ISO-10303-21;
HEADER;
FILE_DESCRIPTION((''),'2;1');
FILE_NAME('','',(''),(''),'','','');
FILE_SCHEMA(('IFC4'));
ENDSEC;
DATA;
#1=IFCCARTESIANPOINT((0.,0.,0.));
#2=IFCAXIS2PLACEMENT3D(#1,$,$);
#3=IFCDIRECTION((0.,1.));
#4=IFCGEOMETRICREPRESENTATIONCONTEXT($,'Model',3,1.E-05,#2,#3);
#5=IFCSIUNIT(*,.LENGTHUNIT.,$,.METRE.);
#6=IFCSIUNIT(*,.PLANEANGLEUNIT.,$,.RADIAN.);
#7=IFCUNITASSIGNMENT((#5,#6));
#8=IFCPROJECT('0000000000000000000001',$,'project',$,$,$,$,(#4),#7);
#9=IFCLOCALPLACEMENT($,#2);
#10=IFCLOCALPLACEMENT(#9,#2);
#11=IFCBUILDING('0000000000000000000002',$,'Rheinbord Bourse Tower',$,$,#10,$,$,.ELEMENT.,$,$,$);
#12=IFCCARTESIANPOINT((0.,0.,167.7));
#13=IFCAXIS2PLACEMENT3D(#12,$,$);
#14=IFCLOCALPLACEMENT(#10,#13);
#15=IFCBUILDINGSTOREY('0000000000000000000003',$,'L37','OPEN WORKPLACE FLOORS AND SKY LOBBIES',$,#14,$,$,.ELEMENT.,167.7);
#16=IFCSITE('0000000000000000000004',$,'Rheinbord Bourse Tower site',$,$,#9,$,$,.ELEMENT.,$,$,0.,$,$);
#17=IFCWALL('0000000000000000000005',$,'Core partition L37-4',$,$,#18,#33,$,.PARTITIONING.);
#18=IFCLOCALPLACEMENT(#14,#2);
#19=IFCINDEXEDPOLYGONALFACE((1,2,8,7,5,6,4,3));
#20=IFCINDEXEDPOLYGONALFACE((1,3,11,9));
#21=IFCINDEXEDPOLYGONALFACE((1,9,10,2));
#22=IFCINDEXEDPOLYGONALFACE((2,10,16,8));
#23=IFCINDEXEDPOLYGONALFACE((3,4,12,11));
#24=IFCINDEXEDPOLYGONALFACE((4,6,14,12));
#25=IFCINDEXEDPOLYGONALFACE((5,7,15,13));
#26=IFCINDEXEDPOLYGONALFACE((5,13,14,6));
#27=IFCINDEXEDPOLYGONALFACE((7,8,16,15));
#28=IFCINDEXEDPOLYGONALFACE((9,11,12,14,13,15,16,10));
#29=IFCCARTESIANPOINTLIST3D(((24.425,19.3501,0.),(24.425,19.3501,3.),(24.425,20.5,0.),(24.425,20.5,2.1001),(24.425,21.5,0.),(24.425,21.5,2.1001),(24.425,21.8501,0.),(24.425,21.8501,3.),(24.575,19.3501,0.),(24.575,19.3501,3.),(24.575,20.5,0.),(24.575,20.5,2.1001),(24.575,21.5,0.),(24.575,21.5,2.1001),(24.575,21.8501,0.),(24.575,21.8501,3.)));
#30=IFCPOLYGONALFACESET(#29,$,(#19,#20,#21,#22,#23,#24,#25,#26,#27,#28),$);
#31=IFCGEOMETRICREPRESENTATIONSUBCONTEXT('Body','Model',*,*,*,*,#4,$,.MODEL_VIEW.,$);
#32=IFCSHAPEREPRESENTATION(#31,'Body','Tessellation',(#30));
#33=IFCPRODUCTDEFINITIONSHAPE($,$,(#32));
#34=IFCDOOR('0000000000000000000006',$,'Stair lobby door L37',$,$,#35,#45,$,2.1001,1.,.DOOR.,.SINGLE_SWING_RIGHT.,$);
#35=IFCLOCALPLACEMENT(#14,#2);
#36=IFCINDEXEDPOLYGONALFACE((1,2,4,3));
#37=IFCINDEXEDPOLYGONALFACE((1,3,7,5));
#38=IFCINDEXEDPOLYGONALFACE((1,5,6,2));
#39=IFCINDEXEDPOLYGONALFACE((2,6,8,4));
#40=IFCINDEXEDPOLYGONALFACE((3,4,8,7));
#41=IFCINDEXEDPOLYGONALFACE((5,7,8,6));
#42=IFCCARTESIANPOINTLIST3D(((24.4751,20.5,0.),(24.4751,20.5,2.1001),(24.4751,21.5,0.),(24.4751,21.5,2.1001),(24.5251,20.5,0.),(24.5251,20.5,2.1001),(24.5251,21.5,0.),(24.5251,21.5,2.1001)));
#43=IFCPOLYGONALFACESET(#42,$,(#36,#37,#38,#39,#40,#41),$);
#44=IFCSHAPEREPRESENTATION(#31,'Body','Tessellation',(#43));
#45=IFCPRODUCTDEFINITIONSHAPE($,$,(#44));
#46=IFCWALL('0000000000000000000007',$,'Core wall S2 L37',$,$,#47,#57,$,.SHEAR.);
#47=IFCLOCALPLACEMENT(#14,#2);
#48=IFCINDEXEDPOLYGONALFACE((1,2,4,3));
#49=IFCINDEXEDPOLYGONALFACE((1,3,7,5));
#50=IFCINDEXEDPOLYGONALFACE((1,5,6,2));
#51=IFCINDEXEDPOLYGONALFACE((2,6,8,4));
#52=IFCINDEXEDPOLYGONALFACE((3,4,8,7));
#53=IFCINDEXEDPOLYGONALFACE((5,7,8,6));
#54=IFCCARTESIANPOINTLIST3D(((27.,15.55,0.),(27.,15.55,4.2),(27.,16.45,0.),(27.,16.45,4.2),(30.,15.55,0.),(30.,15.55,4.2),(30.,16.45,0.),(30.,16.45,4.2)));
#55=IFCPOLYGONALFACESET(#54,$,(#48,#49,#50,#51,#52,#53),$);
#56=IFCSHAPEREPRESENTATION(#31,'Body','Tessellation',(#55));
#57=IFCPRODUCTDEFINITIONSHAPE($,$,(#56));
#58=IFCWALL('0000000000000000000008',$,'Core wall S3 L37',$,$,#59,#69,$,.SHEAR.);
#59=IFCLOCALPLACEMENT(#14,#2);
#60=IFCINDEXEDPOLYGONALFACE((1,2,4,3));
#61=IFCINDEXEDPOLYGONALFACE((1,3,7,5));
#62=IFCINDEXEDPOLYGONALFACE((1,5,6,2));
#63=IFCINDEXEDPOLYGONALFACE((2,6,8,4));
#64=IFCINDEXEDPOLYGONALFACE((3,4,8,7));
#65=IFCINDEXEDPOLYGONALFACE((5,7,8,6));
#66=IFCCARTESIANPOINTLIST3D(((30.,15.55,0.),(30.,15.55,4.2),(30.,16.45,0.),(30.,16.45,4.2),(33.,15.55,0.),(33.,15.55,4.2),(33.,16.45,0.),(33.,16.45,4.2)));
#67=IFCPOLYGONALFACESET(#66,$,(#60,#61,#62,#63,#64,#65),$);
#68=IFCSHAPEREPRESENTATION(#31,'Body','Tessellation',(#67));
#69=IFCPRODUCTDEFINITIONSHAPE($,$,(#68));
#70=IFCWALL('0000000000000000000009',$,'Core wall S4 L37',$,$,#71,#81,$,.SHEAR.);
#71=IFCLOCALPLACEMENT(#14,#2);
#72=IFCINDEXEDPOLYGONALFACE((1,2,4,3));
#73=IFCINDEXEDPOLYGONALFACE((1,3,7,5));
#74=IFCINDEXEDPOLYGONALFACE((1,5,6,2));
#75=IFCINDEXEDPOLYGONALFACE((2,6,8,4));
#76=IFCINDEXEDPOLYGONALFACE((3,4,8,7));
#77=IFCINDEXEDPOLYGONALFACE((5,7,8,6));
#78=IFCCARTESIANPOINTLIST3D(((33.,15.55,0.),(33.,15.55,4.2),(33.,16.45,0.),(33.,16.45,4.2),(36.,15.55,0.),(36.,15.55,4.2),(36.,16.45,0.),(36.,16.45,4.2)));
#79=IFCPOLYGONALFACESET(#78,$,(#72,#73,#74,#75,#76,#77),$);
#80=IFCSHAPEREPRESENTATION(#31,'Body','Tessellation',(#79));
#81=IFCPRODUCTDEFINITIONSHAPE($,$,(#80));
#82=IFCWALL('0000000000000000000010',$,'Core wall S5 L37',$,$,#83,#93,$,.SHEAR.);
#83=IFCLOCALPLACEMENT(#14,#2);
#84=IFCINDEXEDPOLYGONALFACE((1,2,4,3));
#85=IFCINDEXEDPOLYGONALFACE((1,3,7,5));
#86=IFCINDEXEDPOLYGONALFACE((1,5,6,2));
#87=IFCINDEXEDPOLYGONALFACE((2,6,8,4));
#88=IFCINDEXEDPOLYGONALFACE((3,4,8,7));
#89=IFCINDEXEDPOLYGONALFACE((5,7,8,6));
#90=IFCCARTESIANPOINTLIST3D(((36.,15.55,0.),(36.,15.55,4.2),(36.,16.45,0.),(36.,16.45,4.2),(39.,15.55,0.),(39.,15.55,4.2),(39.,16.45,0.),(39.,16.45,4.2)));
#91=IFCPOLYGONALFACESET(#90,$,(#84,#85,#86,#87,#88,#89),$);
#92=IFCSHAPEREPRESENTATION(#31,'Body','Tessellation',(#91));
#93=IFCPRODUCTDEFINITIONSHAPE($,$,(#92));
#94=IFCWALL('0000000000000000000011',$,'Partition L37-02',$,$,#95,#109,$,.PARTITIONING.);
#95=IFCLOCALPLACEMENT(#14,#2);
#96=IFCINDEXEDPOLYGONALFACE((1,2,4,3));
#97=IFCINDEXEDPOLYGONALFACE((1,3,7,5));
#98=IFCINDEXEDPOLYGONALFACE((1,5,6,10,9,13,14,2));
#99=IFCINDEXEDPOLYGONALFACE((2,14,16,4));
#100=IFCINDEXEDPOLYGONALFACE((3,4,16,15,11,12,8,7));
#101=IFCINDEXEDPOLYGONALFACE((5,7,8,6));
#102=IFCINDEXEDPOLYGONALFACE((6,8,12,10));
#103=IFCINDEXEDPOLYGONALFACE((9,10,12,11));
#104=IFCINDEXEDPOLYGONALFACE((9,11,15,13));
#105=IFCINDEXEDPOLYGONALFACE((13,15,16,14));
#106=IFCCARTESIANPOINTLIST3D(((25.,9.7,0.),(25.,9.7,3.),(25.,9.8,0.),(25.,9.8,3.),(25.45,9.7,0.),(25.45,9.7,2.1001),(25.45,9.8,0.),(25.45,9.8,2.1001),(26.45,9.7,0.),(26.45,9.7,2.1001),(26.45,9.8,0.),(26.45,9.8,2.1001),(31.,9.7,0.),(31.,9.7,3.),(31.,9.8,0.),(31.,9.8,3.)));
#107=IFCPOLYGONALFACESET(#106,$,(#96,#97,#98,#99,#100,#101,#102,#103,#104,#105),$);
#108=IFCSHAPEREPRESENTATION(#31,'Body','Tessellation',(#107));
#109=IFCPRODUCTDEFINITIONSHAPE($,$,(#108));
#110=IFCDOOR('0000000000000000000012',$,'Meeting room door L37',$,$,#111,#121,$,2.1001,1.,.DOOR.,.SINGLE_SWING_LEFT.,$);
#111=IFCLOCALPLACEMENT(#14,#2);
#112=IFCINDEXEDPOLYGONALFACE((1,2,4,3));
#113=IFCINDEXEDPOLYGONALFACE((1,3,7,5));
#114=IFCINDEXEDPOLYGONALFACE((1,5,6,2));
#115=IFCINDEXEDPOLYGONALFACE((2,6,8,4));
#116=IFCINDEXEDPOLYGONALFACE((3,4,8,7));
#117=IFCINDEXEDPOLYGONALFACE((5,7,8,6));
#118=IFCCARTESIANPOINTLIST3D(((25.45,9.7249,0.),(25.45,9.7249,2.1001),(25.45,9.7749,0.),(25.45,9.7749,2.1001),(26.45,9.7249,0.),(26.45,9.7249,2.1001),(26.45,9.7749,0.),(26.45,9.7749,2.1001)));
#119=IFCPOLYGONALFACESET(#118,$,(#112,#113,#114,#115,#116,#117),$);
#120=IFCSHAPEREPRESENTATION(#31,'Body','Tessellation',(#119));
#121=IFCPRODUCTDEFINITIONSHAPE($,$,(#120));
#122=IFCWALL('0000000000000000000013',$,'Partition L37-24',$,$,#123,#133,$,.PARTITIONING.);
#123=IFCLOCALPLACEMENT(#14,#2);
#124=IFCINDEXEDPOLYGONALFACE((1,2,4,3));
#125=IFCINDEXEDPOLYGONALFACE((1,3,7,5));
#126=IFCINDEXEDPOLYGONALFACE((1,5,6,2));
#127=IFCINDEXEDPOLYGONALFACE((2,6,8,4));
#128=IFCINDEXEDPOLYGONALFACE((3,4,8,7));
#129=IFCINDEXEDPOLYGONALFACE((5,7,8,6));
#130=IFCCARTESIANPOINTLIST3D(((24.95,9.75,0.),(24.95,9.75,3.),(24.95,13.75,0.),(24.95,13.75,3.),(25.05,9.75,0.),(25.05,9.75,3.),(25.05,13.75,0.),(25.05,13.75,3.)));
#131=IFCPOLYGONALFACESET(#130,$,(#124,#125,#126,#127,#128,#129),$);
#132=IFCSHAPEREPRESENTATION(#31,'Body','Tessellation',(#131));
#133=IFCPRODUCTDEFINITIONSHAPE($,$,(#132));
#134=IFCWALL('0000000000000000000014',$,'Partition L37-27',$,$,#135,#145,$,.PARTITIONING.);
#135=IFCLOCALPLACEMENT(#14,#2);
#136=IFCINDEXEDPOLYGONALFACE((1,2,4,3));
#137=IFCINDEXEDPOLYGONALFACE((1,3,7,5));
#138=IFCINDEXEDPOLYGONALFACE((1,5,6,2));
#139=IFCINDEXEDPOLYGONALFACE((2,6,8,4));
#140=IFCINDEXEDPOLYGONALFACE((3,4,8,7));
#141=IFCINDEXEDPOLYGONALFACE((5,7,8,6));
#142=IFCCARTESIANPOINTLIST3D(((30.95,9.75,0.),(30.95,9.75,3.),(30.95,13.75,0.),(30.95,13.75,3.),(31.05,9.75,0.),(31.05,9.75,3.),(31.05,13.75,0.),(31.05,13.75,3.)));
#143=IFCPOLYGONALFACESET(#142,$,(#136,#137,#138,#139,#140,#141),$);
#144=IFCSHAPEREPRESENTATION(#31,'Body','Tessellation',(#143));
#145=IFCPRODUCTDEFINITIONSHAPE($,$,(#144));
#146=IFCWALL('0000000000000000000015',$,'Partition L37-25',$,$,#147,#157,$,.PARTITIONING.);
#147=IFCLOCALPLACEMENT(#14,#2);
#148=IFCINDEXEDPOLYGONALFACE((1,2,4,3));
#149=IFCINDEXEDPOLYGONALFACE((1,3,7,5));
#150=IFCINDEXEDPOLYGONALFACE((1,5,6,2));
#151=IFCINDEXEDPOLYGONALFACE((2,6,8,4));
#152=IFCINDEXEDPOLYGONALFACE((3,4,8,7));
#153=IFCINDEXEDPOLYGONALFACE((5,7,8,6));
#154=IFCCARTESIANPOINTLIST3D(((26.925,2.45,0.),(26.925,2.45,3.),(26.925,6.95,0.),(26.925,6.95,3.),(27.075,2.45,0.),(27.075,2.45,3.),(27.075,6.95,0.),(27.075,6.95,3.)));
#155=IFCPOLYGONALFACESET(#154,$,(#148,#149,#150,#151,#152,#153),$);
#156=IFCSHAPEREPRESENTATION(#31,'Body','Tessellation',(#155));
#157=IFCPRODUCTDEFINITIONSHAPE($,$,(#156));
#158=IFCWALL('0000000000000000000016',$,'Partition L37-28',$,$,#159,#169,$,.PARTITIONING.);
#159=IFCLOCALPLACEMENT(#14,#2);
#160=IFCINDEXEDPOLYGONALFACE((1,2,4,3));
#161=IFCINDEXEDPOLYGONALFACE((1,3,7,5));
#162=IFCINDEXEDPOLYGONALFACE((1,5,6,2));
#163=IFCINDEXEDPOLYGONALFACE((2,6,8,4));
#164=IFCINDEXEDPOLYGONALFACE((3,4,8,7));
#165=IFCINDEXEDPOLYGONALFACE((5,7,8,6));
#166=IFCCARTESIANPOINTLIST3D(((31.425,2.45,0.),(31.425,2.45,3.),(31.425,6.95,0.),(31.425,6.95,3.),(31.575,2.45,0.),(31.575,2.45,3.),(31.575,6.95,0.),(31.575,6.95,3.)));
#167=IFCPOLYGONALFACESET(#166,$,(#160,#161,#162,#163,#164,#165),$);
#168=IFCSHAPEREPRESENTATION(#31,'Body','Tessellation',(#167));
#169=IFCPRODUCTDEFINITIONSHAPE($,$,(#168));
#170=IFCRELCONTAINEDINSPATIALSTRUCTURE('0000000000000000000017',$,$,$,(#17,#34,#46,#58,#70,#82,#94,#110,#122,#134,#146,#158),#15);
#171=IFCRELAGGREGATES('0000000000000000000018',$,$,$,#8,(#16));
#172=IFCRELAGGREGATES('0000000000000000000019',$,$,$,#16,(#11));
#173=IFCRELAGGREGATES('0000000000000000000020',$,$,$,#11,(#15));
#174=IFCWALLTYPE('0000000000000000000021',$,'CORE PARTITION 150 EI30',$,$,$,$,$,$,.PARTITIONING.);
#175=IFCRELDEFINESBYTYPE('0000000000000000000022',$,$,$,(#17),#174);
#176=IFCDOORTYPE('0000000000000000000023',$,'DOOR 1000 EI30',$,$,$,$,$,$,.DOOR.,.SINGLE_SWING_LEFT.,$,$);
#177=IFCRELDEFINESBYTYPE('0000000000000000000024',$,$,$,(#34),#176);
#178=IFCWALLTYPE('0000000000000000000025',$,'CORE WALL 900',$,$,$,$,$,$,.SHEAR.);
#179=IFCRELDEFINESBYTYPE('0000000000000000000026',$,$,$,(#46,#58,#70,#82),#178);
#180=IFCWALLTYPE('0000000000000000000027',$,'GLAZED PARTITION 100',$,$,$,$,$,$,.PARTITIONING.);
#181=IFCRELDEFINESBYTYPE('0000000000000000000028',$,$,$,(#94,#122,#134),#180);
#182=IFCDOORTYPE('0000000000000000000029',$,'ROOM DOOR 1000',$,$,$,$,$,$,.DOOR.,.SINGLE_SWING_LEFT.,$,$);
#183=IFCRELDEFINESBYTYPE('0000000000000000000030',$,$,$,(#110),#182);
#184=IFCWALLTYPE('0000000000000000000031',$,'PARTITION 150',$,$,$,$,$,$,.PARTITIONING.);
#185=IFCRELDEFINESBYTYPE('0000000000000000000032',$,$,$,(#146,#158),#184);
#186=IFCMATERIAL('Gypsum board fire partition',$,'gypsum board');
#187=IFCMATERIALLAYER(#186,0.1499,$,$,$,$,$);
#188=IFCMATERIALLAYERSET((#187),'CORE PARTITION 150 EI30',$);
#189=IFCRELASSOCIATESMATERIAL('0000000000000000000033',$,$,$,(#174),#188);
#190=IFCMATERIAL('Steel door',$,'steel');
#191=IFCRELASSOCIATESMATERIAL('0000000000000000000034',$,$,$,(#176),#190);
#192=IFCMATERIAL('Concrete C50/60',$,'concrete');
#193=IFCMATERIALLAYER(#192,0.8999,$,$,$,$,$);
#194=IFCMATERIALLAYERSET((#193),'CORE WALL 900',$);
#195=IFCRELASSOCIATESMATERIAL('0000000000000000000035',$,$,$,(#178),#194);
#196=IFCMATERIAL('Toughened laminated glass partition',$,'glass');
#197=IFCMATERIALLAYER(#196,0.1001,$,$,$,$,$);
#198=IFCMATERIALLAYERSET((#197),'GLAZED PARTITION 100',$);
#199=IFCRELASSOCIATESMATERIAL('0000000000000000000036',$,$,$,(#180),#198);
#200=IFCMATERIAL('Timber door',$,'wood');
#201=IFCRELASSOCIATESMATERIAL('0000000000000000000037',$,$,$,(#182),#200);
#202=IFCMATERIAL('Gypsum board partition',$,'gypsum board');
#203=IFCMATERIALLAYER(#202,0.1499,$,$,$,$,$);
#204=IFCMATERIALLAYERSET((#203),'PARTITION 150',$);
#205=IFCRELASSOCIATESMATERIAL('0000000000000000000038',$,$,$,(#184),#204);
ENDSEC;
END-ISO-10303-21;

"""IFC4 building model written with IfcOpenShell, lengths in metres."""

from ifc_helpers import new_model, si_unit, direction, frame, frame_2d, origin, place, context, subcontext, project, spatial, rectangle, extrude, material, layer, layer_set, type_object, element, fill, save


model = new_model("IFC4")

# Units and contexts
model_context = context("Model", 3, precision=1e-05, world=origin(), true_north=direction((0.0, 1.0)))
body_context = subcontext(model_context, "Body", "Model", "MODEL_VIEW")
ifc_project = project(units=[si_unit("LENGTHUNIT", "METRE"), si_unit("PLANEANGLEUNIT", "RADIAN")], contexts=[model_context])

# Site, building, storey
site_placement = place(None, origin())
site = spatial("IfcSite", under=ifc_project, at=site_placement, Name="Rheinbord Bourse Tower site", CompositionType="ELEMENT", RefElevation=0.0)
building_placement = place(site_placement, origin())
building = spatial("IfcBuilding", under=site, at=building_placement, Name="Rheinbord Bourse Tower", CompositionType="ELEMENT")
storey_placement = place(building_placement, frame((0.0, 0.0, 167.7)))
storey = spatial("IfcBuildingStorey", under=building, at=storey_placement, Name="L37", Description="OPEN WORKPLACE FLOORS AND SKY LOBBIES", CompositionType="ELEMENT", Elevation=167.7)

# Wall, opening, door
ifc_material_1 = material(Name="Gypsum board fire partition", Category="gypsum board")
ifc_layer_1 = layer(ifc_material_1, 0.1499)
ifc_layer_set_1 = layer_set([ifc_layer_1], Name="CORE PARTITION 150 EI30")
wall_type_1 = type_object("IfcWallType", Name="CORE PARTITION 150 EI30", PredefinedType="PARTITIONING", material=ifc_layer_set_1)
wall_1_placement = place(storey_placement, frame((24.5, 19.3501, 0.0), z_axis=(0.0, 0.0, 1.0), x_axis=(0.0, 1.0, 0.0)))
wall_1 = element("IfcWall", 1, at=wall_1_placement, inside=storey, type_object=wall_type_1, Name="Core partition L37-4", PredefinedType="PARTITIONING", context=body_context, shape_type="SweptSolid", body=[
    extrude(rectangle(XDim=2.5, YDim=0.1499, at=frame_2d((1.25, 0.0))), origin(), (0.0, 0.0, 1.0), 3.0),
])
opening_1_placement = place(wall_1_placement, frame((1.1499, 0.0, 0.0)))
opening_1 = element("IfcOpeningElement", 2, at=opening_1_placement, cuts=wall_1, PredefinedType="OPENING", context=body_context, shape_type="SweptSolid", body=[
    extrude(rectangle(XDim=1.0, YDim=2.1001, at=frame_2d((0.5, 1.05))), frame((0.0, 0.085, 0.0), z_axis=(0.0, -1.0, 0.0), x_axis=(1.0, 0.0, 0.0)), (0.0, 0.0, 1.0), 0.1699),
])
ifc_material_2 = material(Name="Steel door", Category="steel")
door_type_1 = type_object("IfcDoorType", Name="DOOR 1000 EI30", OperationType="SINGLE_SWING_LEFT", PredefinedType="DOOR", material=ifc_material_2)
door_1_placement = place(opening_1_placement, origin())
door_1 = element("IfcDoor", 3, at=door_1_placement, inside=storey, type_object=door_type_1, Name="Stair lobby door L37", OperationType="SINGLE_SWING_RIGHT", OverallHeight=2.1001, OverallWidth=1.0, PredefinedType="DOOR", context=body_context, shape_type="SweptSolid", body=[
    extrude(rectangle(XDim=1.0, YDim=2.1001, at=frame_2d((0.5, 1.05))), frame((0.0, 0.0249, 0.0), z_axis=(0.0, -1.0, 0.0), x_axis=(1.0, 0.0, 0.0)), (0.0, 0.0, 1.0), 0.05),
])
fill(opening_1, door_1)

# Walls
ifc_material_3 = material(Name="Concrete C50/60", Category="concrete")
ifc_layer_2 = layer(ifc_material_3, 0.8999)
ifc_layer_set_2 = layer_set([ifc_layer_2], Name="CORE WALL 900")
wall_type_2 = type_object("IfcWallType", Name="CORE WALL 900", PredefinedType="SHEAR", material=ifc_layer_set_2)
for number, where, z_axis, x_axis, name in (
    (4, (27.0, 16.0, 0.0), (0.0, 0.0, 1.0), (1.0, 0.0, 0.0), "Core wall S2 L37"),
    (5, (30.0, 16.0, 0.0), (0.0, 0.0, 1.0), (1.0, 0.0, 0.0), "Core wall S3 L37"),
    (6, (33.0, 16.0, 0.0), (0.0, 0.0, 1.0), (1.0, 0.0, 0.0), "Core wall S4 L37"),
    (7, (36.0, 16.0, 0.0), (0.0, 0.0, 1.0), (1.0, 0.0, 0.0), "Core wall S5 L37"),
):
    element("IfcWall", number, at=place(storey_placement, frame(where, z_axis=z_axis, x_axis=x_axis)), inside=storey, type_object=wall_type_2, Name=name, PredefinedType="SHEAR", context=body_context, shape_type="SweptSolid", body=[
        extrude(rectangle(XDim=3.0, YDim=0.8999, at=frame_2d((1.5, 0.0))), origin(), (0.0, 0.0, 1.0), 4.2),
    ])

# Wall, opening, door
ifc_material_4 = material(Name="Toughened laminated glass partition", Category="glass")
ifc_layer_3 = layer(ifc_material_4, 0.1001)
ifc_layer_set_3 = layer_set([ifc_layer_3], Name="GLAZED PARTITION 100")
wall_type_3 = type_object("IfcWallType", Name="GLAZED PARTITION 100", PredefinedType="PARTITIONING", material=ifc_layer_set_3)
wall_2_placement = place(storey_placement, frame((25.0, 9.75, 0.0), z_axis=(0.0, 0.0, 1.0), x_axis=(1.0, 0.0, 0.0)))
wall_2 = element("IfcWall", 8, at=wall_2_placement, inside=storey, type_object=wall_type_3, Name="Partition L37-02", PredefinedType="PARTITIONING", context=body_context, shape_type="SweptSolid", body=[
    extrude(rectangle(XDim=6.0, YDim=0.1001, at=frame_2d((3.0, 0.0))), origin(), (0.0, 0.0, 1.0), 3.0),
])
opening_2_placement = place(wall_2_placement, frame((0.45, 0.0, 0.0)))
opening_2 = element("IfcOpeningElement", 9, at=opening_2_placement, cuts=wall_2, PredefinedType="OPENING", context=body_context, shape_type="SweptSolid", body=[
    extrude(rectangle(XDim=1.0, YDim=2.1001, at=frame_2d((0.5, 1.05))), frame((0.0, 0.0601, 0.0), z_axis=(0.0, -1.0, 0.0), x_axis=(1.0, 0.0, 0.0)), (0.0, 0.0, 1.0), 0.1201),
])
ifc_material_5 = material(Name="Timber door", Category="wood")
door_type_2 = type_object("IfcDoorType", Name="ROOM DOOR 1000", OperationType="SINGLE_SWING_LEFT", PredefinedType="DOOR", material=ifc_material_5)
door_2_placement = place(opening_2_placement, origin())
door_2 = element("IfcDoor", 10, at=door_2_placement, inside=storey, type_object=door_type_2, Name="Meeting room door L37", OperationType="SINGLE_SWING_LEFT", OverallHeight=2.1001, OverallWidth=1.0, PredefinedType="DOOR", context=body_context, shape_type="SweptSolid", body=[
    extrude(rectangle(XDim=1.0, YDim=2.1001, at=frame_2d((0.5, 1.05))), frame((0.0, 0.0249, 0.0), z_axis=(0.0, -1.0, 0.0), x_axis=(1.0, 0.0, 0.0)), (0.0, 0.0, 1.0), 0.05),
])
fill(opening_2, door_2)

# Walls
for number, where, z_axis, x_axis, name in (
    (11, (25.0, 9.75, 0.0), (0.0, 0.0, 1.0), (0.0, 1.0, 0.0), "Partition L37-24"),
    (12, (31.0, 9.75, 0.0), (0.0, 0.0, 1.0), (0.0, 1.0, 0.0), "Partition L37-27"),
):
    element("IfcWall", number, at=place(storey_placement, frame(where, z_axis=z_axis, x_axis=x_axis)), inside=storey, type_object=wall_type_3, Name=name, PredefinedType="PARTITIONING", context=body_context, shape_type="SweptSolid", body=[
        extrude(rectangle(XDim=4.0, YDim=0.1001, at=frame_2d((2.0, 0.0))), origin(), (0.0, 0.0, 1.0), 3.0),
    ])
ifc_material_6 = material(Name="Gypsum board partition", Category="gypsum board")
ifc_layer_4 = layer(ifc_material_6, 0.1499)
ifc_layer_set_4 = layer_set([ifc_layer_4], Name="PARTITION 150")
wall_type_4 = type_object("IfcWallType", Name="PARTITION 150", PredefinedType="PARTITIONING", material=ifc_layer_set_4)
for number, where, z_axis, x_axis, name in (
    (13, (27.0, 2.45, 0.0), (0.0, 0.0, 1.0), (0.0, 1.0, 0.0), "Partition L37-25"),
    (14, (31.5, 2.45, 0.0), (0.0, 0.0, 1.0), (0.0, 1.0, 0.0), "Partition L37-28"),
):
    element("IfcWall", number, at=place(storey_placement, frame(where, z_axis=z_axis, x_axis=x_axis)), inside=storey, type_object=wall_type_4, Name=name, PredefinedType="PARTITIONING", context=body_context, shape_type="SweptSolid", body=[
        extrude(rectangle(XDim=4.5, YDim=0.1499, at=frame_2d((2.25, 0.0))), origin(), (0.0, 0.0, 1.0), 3.0),
    ])

save(model, "model.ifc")
